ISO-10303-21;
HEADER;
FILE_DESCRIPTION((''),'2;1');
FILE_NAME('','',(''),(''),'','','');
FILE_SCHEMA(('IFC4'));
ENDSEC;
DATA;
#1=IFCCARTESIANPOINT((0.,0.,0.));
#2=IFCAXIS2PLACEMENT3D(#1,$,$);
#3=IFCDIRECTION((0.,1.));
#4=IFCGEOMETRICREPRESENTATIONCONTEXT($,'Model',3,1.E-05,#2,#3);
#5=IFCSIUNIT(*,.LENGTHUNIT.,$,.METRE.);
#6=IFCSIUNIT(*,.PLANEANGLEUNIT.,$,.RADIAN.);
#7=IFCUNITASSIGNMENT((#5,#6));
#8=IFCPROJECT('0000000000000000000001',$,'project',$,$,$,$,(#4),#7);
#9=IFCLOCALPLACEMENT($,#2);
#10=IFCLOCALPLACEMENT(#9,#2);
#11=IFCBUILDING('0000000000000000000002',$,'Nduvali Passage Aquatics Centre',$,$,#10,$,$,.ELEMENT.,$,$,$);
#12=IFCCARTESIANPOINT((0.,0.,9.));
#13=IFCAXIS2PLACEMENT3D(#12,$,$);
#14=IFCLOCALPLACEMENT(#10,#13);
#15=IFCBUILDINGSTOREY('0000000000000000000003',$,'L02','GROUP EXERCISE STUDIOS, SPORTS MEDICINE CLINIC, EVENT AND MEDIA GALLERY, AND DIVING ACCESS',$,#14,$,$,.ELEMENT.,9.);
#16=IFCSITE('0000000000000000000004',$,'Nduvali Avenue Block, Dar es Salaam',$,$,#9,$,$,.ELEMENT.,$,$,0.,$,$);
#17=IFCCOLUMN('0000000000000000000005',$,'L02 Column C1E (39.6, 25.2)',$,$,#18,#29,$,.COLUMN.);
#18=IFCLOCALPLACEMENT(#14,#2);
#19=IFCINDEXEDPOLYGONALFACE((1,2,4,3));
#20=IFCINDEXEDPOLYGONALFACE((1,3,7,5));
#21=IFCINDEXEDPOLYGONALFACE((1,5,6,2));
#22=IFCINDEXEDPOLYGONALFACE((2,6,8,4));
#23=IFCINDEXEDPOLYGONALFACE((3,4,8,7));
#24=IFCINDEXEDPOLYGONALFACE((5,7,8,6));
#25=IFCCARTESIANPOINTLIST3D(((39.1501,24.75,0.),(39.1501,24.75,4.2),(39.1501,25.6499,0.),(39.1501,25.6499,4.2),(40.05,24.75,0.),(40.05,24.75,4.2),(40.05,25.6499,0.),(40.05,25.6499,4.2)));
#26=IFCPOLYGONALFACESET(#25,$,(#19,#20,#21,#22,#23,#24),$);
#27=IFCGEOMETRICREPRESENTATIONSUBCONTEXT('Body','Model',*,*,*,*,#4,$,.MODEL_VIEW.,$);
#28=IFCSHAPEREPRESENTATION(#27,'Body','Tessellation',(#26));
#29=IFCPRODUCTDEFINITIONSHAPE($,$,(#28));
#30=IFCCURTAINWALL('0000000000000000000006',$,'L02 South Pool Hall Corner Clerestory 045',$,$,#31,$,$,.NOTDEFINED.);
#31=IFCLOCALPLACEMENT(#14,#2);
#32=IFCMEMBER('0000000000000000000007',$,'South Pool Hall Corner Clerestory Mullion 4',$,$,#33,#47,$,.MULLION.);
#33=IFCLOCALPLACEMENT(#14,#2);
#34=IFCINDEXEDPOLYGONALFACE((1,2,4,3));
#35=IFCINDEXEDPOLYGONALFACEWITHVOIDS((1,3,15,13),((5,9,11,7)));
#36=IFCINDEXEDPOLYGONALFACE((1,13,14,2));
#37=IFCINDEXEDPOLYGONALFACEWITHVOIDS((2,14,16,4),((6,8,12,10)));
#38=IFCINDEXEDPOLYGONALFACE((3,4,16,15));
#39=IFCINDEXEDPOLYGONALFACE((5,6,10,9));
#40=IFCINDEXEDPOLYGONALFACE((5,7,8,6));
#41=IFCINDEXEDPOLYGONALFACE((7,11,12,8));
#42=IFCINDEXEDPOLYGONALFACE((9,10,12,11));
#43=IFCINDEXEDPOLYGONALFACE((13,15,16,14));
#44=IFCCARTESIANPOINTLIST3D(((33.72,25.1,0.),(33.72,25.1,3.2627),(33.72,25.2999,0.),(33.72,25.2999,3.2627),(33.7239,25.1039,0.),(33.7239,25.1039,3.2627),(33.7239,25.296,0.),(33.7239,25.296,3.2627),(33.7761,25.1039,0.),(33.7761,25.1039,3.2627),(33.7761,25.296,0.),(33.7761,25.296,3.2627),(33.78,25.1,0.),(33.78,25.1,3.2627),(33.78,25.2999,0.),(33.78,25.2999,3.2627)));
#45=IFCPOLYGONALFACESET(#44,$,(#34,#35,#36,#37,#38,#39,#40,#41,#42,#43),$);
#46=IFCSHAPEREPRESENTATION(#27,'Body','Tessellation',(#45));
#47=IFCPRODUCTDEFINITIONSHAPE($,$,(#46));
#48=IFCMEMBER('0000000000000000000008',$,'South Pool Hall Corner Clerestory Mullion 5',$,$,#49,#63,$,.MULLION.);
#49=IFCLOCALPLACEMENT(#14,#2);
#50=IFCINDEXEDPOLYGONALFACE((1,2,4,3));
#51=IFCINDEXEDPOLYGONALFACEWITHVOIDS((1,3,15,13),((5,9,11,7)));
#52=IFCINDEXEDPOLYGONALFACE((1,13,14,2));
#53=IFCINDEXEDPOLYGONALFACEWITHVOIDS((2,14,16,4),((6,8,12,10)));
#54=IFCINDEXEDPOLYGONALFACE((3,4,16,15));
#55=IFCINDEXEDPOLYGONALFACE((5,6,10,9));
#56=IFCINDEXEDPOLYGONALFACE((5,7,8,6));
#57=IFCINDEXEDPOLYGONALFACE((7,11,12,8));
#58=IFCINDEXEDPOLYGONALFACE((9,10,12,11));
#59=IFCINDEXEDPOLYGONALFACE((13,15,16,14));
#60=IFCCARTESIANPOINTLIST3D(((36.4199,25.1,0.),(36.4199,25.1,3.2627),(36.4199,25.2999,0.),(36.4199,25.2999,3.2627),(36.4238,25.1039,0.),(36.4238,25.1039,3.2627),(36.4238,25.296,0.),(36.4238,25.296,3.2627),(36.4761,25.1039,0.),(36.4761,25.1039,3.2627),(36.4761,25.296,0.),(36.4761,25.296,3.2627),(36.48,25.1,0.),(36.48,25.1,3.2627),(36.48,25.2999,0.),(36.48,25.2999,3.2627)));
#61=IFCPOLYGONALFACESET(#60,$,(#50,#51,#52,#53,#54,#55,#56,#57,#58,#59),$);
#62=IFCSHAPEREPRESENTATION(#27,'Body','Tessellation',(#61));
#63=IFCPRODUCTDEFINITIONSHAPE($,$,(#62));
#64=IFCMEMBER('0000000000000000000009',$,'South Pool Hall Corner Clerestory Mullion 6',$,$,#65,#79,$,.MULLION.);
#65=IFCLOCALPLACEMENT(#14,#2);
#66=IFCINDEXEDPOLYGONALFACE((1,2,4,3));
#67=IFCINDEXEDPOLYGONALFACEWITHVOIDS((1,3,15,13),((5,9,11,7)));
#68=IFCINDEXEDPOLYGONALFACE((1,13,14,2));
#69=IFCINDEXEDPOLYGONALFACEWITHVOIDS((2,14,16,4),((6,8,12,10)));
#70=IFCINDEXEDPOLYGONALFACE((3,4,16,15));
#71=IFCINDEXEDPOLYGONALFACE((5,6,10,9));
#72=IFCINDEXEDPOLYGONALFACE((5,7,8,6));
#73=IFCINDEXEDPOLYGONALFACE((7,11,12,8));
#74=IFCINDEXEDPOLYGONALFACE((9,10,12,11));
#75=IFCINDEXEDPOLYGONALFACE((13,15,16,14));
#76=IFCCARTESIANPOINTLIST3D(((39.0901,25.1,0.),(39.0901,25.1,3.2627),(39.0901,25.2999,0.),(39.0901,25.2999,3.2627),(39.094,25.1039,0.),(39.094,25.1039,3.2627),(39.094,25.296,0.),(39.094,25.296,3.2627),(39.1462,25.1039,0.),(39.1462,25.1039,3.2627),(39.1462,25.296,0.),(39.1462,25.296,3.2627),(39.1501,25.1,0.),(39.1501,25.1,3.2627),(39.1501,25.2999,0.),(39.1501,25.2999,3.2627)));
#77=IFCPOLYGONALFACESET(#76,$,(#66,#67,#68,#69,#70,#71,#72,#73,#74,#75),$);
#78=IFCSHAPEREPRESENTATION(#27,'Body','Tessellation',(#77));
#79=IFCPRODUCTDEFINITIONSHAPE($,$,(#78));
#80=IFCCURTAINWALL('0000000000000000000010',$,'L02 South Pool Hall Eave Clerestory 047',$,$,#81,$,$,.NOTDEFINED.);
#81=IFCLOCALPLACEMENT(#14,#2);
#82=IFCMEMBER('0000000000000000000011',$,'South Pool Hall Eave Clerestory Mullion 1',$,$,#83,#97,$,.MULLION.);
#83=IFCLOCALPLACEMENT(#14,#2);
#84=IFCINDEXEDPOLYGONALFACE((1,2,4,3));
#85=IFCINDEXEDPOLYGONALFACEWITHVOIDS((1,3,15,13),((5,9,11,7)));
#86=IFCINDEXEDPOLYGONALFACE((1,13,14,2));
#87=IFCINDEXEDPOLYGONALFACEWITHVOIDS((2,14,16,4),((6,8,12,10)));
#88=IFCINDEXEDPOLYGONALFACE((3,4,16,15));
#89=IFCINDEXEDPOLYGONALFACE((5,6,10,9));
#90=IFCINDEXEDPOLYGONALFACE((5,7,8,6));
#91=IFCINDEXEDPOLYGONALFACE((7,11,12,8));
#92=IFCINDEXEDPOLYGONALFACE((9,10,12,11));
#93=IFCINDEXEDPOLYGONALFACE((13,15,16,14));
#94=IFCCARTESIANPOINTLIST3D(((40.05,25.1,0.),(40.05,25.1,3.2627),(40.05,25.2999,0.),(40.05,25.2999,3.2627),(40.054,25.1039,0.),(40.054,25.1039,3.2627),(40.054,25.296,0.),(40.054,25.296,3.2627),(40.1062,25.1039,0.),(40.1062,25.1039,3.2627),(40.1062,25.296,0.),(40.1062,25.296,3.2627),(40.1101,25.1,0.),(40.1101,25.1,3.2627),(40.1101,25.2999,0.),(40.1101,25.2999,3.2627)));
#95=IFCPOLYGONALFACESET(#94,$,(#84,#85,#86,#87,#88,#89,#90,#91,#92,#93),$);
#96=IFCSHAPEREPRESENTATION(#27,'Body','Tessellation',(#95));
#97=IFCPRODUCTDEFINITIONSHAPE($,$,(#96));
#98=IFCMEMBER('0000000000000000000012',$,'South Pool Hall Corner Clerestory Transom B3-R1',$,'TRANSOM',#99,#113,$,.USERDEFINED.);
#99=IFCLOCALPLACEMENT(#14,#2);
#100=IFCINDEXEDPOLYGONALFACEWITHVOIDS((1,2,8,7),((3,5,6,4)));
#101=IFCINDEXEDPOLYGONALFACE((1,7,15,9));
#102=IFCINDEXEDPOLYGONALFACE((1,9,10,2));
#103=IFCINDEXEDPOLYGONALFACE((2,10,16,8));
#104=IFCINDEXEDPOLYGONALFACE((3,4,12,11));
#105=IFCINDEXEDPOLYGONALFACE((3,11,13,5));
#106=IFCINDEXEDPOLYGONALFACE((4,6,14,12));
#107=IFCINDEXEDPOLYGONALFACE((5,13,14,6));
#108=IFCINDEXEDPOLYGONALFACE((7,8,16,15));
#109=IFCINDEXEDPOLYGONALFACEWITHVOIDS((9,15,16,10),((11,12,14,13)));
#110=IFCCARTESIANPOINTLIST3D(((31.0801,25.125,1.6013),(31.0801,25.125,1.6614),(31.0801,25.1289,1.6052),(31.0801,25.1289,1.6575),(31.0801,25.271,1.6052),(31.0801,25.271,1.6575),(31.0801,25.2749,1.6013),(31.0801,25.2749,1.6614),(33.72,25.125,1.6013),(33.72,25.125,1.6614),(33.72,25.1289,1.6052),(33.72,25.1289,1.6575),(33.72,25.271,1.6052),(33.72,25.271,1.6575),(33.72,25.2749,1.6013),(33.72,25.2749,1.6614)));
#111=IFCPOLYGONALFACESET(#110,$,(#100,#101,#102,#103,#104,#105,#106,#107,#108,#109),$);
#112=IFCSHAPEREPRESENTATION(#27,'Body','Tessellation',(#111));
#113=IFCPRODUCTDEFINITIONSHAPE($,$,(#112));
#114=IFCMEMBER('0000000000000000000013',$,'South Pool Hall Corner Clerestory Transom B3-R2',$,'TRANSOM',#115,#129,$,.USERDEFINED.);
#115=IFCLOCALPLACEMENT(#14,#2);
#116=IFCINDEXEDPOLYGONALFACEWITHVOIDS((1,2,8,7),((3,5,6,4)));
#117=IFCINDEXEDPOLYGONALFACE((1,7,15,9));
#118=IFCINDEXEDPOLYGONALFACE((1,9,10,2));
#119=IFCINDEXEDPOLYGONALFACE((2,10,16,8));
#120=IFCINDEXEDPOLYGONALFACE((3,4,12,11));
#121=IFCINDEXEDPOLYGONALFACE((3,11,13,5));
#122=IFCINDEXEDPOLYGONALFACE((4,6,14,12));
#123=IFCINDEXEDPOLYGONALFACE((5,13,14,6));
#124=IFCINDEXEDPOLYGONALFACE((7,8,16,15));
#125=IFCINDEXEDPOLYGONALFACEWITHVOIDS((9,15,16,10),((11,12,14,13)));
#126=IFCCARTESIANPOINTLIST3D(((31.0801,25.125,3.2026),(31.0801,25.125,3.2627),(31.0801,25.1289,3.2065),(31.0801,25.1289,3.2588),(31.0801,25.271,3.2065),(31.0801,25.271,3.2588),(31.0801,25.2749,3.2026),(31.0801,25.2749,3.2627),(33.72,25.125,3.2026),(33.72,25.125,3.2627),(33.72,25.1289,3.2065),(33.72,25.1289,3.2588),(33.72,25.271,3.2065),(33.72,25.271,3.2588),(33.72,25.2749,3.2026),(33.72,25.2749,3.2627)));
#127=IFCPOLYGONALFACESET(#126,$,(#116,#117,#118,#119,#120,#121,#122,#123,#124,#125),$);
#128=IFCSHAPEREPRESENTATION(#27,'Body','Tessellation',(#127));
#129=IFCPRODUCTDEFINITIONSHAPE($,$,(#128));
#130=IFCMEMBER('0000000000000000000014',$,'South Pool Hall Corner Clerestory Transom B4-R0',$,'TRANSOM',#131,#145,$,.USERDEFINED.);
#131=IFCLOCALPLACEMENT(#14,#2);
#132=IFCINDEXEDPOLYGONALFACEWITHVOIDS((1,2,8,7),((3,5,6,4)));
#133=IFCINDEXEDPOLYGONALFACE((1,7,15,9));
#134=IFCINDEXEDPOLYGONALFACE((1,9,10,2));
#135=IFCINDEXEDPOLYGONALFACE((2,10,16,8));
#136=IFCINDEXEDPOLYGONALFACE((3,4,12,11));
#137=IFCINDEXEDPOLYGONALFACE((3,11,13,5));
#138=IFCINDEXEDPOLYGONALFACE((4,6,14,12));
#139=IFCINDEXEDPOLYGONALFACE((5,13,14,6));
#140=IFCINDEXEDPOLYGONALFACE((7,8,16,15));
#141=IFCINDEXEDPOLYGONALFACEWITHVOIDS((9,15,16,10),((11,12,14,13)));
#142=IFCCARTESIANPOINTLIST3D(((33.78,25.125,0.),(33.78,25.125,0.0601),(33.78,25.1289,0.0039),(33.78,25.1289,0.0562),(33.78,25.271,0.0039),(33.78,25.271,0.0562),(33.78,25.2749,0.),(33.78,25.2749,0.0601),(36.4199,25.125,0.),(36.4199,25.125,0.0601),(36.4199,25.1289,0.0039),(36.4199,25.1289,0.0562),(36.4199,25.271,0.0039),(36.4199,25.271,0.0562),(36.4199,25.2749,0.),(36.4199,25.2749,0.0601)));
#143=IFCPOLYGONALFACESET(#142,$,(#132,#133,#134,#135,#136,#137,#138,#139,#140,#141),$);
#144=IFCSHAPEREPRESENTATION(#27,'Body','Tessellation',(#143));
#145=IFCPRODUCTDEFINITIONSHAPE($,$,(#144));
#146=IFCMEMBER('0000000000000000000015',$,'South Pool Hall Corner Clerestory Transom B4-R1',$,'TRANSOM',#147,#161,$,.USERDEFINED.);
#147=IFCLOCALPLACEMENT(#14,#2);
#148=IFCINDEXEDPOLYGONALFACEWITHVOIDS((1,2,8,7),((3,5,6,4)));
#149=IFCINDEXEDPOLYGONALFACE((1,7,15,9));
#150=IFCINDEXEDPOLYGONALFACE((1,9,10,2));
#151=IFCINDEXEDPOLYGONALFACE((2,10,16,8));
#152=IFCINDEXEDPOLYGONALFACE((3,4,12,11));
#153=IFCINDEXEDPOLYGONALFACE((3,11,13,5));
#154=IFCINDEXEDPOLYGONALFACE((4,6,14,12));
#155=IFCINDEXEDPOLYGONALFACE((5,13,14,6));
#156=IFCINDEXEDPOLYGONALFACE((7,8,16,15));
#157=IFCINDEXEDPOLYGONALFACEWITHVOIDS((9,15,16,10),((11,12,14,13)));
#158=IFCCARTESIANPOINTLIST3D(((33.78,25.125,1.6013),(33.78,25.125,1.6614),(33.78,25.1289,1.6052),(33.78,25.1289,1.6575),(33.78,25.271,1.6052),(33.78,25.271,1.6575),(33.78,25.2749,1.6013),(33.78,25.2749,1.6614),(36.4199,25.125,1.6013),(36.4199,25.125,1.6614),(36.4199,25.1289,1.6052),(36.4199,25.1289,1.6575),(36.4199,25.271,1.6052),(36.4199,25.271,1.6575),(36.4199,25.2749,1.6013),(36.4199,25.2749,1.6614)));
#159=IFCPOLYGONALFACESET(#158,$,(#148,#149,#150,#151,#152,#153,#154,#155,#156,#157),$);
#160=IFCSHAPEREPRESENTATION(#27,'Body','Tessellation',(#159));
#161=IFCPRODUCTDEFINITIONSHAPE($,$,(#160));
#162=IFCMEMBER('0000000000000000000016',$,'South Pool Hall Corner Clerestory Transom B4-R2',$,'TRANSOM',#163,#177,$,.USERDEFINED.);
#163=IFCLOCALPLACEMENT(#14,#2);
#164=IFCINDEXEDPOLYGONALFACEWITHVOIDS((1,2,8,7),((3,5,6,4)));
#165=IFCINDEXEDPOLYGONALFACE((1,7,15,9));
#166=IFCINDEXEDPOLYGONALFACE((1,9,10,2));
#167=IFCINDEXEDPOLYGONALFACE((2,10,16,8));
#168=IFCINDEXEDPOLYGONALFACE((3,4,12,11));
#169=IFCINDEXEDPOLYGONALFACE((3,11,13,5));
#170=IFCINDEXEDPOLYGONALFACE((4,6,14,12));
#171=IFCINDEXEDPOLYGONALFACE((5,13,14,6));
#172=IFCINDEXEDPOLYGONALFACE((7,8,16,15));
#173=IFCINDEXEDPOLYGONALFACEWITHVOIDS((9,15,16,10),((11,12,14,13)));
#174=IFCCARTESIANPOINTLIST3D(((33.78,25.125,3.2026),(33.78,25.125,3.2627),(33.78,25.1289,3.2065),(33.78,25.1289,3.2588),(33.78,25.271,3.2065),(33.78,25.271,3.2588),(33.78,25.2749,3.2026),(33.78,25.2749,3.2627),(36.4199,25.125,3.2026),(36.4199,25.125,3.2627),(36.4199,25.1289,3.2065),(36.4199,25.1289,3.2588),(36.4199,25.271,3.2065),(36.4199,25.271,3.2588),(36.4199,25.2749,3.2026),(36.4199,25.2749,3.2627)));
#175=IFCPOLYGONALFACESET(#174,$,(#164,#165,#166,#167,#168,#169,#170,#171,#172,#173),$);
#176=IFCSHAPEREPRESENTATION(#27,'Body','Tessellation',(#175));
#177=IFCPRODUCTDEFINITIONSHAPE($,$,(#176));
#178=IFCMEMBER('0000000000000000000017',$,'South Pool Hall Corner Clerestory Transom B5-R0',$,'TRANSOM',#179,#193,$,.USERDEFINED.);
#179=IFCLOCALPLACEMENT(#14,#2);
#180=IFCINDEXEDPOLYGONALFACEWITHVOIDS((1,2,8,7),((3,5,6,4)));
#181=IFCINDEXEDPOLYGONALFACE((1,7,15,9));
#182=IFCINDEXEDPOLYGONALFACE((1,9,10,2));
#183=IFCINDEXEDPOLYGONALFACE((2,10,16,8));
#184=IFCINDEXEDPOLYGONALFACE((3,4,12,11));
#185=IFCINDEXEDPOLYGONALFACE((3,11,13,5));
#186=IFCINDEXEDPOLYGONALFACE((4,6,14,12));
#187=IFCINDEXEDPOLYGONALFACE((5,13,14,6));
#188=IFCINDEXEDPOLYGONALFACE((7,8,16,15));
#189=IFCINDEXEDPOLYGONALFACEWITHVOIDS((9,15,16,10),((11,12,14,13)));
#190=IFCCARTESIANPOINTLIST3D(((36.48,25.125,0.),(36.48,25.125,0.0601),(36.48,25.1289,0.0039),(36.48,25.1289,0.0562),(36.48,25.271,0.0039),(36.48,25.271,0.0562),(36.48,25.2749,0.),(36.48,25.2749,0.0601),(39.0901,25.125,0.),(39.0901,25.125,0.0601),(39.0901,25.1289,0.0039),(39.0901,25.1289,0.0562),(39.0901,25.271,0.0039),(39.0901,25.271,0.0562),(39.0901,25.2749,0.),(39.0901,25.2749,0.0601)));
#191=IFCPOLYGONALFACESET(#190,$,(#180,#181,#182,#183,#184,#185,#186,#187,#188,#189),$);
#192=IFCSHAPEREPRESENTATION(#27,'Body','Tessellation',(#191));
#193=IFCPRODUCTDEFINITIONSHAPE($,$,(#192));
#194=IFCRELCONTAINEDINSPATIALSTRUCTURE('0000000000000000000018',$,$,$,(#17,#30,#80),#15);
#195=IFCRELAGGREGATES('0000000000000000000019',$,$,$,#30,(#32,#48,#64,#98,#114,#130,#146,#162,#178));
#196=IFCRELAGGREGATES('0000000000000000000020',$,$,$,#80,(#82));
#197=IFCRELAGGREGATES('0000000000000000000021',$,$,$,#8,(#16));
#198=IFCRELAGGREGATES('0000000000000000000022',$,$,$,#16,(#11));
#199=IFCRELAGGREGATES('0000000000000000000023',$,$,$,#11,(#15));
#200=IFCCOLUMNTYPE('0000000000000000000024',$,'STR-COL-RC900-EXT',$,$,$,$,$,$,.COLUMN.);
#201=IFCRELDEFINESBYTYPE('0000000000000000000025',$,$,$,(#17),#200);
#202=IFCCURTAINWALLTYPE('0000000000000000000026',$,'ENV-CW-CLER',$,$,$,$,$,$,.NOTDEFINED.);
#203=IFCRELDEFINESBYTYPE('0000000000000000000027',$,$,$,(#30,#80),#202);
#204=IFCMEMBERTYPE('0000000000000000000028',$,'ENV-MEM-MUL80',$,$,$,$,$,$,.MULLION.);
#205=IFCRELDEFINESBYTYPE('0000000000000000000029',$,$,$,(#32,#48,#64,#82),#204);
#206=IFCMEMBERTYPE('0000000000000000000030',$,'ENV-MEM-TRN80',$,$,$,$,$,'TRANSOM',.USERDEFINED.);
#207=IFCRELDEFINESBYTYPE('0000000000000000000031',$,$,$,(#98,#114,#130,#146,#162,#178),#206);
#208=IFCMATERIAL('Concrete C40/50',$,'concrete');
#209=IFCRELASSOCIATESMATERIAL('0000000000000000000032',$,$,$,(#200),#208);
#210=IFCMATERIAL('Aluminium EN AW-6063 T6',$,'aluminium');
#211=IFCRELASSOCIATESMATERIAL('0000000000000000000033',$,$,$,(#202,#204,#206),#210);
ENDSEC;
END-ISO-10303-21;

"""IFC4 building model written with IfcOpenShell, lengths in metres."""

from ifc_helpers import new_model, si_unit, direction, frame, origin, origin_2d, place, context, subcontext, project, spatial, rectangle, hollow_rectangle, extrude, material, material_profile, profile_set, type_object, element, aggregate, save


model = new_model("IFC4")

# Units and contexts
model_context = context("Model", 3, precision=1e-05, world=origin(), true_north=direction((0.0, 1.0)))
body_context = subcontext(model_context, "Body", "Model", "MODEL_VIEW")
ifc_project = project(units=[si_unit("LENGTHUNIT", "METRE"), si_unit("PLANEANGLEUNIT", "RADIAN")], contexts=[model_context])

# Site, building, storey
site_placement = place(None, origin())
site = spatial("IfcSite", under=ifc_project, at=site_placement, Name="Nduvali Avenue Block, Dar es Salaam", CompositionType="ELEMENT", RefElevation=0.0)
building_placement = place(site_placement, origin())
building = spatial("IfcBuilding", under=site, at=building_placement, Name="Nduvali Passage Aquatics Centre", CompositionType="ELEMENT")
storey_placement = place(building_placement, frame((0.0, 0.0, 9.0)))
storey = spatial("IfcBuildingStorey", under=building, at=storey_placement, Name="L02", Description="GROUP EXERCISE STUDIOS, SPORTS MEDICINE CLINIC, EVENT AND MEDIA GALLERY, AND DIVING ACCESS", CompositionType="ELEMENT", Elevation=9.0)

# Column
ifc_material_1 = material(Name="Concrete C40/50", Category="concrete")
ifc_material_profile_1 = material_profile(ifc_material_1, rectangle(XDim=0.8999, YDim=0.8999, at=origin_2d()), Name="RC 900x900")
ifc_profile_set_1 = profile_set([ifc_material_profile_1], Name="Concrete C40/50")
column_type = type_object("IfcColumnType", Name="STR-COL-RC900-EXT", PredefinedType="COLUMN", material=ifc_profile_set_1)
column_placement = place(storey_placement, frame((39.6001, 25.2, 0.0), z_axis=(0.0, 0.0, 1.0), x_axis=(1.0, 0.0, 0.0)))
element("IfcColumn", 1, at=column_placement, inside=storey, type_object=column_type, Name="L02 Column C1E (39.6, 25.2)", PredefinedType="COLUMN", context=body_context, shape_type="SweptSolid", body=[
    extrude(rectangle(XDim=0.8999, YDim=0.8999, at=origin_2d()), origin(), (0.0, 0.0, 1.0), 4.2),
])

# Curtain wall, members
ifc_material_2 = material(Name="Aluminium EN AW-6063 T6", Category="aluminium")
curtain_wall_type = type_object("IfcCurtainWallType", Name="ENV-CW-CLER", PredefinedType="NOTDEFINED", material=ifc_material_2)
curtain_wall_1_placement = place(storey_placement, origin())
curtain_wall_1 = element("IfcCurtainWall", 2, at=curtain_wall_1_placement, inside=storey, type_object=curtain_wall_type, Name="L02 South Pool Hall Corner Clerestory 045", PredefinedType="NOTDEFINED")
ifc_material_profile_2 = material_profile(ifc_material_2, hollow_rectangle(XDim=0.0601, YDim=0.2, WallThickness=0.0039, at=origin_2d()), Name="ALU MULLION 60x200x4")
ifc_profile_set_2 = profile_set([ifc_material_profile_2], Name="Aluminium EN AW-6063 T6")
member_type_1 = type_object("IfcMemberType", Name="ENV-MEM-MUL80", PredefinedType="MULLION", material=ifc_profile_set_2)
member_1_placement = place(storey_placement, frame((33.75, 25.2, 0.0), z_axis=(0.0, 0.0, 1.0), x_axis=(1.0, 0.0, 0.0)))
member_1 = element("IfcMember", 3, at=member_1_placement, type_object=member_type_1, Name="South Pool Hall Corner Clerestory Mullion 4", PredefinedType="MULLION", context=body_context, shape_type="SweptSolid", body=[
    extrude(hollow_rectangle(XDim=0.0601, YDim=0.2, WallThickness=0.0039, at=origin_2d()), origin(), (0.0, 0.0, 1.0), 3.2627),
])
member_2_placement = place(storey_placement, frame((36.45, 25.2, 0.0), z_axis=(0.0, 0.0, 1.0), x_axis=(1.0, 0.0, 0.0)))
member_2 = element("IfcMember", 4, at=member_2_placement, type_object=member_type_1, Name="South Pool Hall Corner Clerestory Mullion 5", PredefinedType="MULLION", context=body_context, shape_type="SweptSolid", body=[
    extrude(hollow_rectangle(XDim=0.0601, YDim=0.2, WallThickness=0.0039, at=origin_2d()), origin(), (0.0, 0.0, 1.0), 3.2627),
])
member_3_placement = place(storey_placement, frame((39.1201, 25.2, 0.0), z_axis=(0.0, 0.0, 1.0), x_axis=(1.0, 0.0, 0.0)))
member_3 = element("IfcMember", 5, at=member_3_placement, type_object=member_type_1, Name="South Pool Hall Corner Clerestory Mullion 6", PredefinedType="MULLION", context=body_context, shape_type="SweptSolid", body=[
    extrude(hollow_rectangle(XDim=0.0601, YDim=0.2, WallThickness=0.0039, at=origin_2d()), origin(), (0.0, 0.0, 1.0), 3.2627),
])

# Curtain wall, member
curtain_wall_2_placement = place(storey_placement, origin())
curtain_wall_2 = element("IfcCurtainWall", 6, at=curtain_wall_2_placement, inside=storey, type_object=curtain_wall_type, Name="L02 South Pool Hall Eave Clerestory 047", PredefinedType="NOTDEFINED")
member_4_placement = place(storey_placement, frame((40.0801, 25.2, 0.0), z_axis=(0.0, 0.0, 1.0), x_axis=(1.0, 0.0, 0.0)))
member_4 = element("IfcMember", 7, at=member_4_placement, type_object=member_type_1, Name="South Pool Hall Eave Clerestory Mullion 1", PredefinedType="MULLION", context=body_context, shape_type="SweptSolid", body=[
    extrude(hollow_rectangle(XDim=0.0601, YDim=0.2, WallThickness=0.0039, at=origin_2d()), origin(), (0.0, 0.0, 1.0), 3.2627),
])

# Members
ifc_material_profile_3 = material_profile(ifc_material_2, hollow_rectangle(XDim=0.1499, YDim=0.0601, WallThickness=0.0039, at=origin_2d()), Name="ALU TRANSOM 150x60x4")
ifc_profile_set_3 = profile_set([ifc_material_profile_3], Name="Aluminium EN AW-6063 T6")
member_type_2 = type_object("IfcMemberType", Name="ENV-MEM-TRN80", ElementType="TRANSOM", PredefinedType="USERDEFINED", material=ifc_profile_set_3)
member_5_placement = place(storey_placement, frame((31.0801, 25.2, 1.6313), z_axis=(1.0, 0.0, 0.0), x_axis=(0.0, 1.0, 0.0)))
member_5 = element("IfcMember", 8, at=member_5_placement, type_object=member_type_2, Name="South Pool Hall Corner Clerestory Transom B3-R1", ObjectType="TRANSOM", PredefinedType="USERDEFINED", context=body_context, shape_type="SweptSolid", body=[
    extrude(hollow_rectangle(XDim=0.1499, YDim=0.0601, WallThickness=0.0039, at=origin_2d()), origin(), (0.0, 0.0, 1.0), 2.6399),
])
member_6_placement = place(storey_placement, frame((31.0801, 25.2, 3.2327), z_axis=(1.0, 0.0, 0.0), x_axis=(0.0, 1.0, 0.0)))
member_6 = element("IfcMember", 9, at=member_6_placement, type_object=member_type_2, Name="South Pool Hall Corner Clerestory Transom B3-R2", ObjectType="TRANSOM", PredefinedType="USERDEFINED", context=body_context, shape_type="SweptSolid", body=[
    extrude(hollow_rectangle(XDim=0.1499, YDim=0.0601, WallThickness=0.0039, at=origin_2d()), origin(), (0.0, 0.0, 1.0), 2.6399),
])
member_7_placement = place(storey_placement, frame((33.78, 25.2, 0.03), z_axis=(1.0, 0.0, 0.0), x_axis=(0.0, 1.0, 0.0)))
member_7 = element("IfcMember", 10, at=member_7_placement, type_object=member_type_2, Name="South Pool Hall Corner Clerestory Transom B4-R0", ObjectType="TRANSOM", PredefinedType="USERDEFINED", context=body_context, shape_type="SweptSolid", body=[
    extrude(hollow_rectangle(XDim=0.1499, YDim=0.0601, WallThickness=0.0039, at=origin_2d()), origin(), (0.0, 0.0, 1.0), 2.6399),
])
member_8_placement = place(storey_placement, frame((33.78, 25.2, 1.6313), z_axis=(1.0, 0.0, 0.0), x_axis=(0.0, 1.0, 0.0)))
member_8 = element("IfcMember", 11, at=member_8_placement, type_object=member_type_2, Name="South Pool Hall Corner Clerestory Transom B4-R1", ObjectType="TRANSOM", PredefinedType="USERDEFINED", context=body_context, shape_type="SweptSolid", body=[
    extrude(hollow_rectangle(XDim=0.1499, YDim=0.0601, WallThickness=0.0039, at=origin_2d()), origin(), (0.0, 0.0, 1.0), 2.6399),
])
member_9_placement = place(storey_placement, frame((33.78, 25.2, 3.2327), z_axis=(1.0, 0.0, 0.0), x_axis=(0.0, 1.0, 0.0)))
member_9 = element("IfcMember", 12, at=member_9_placement, type_object=member_type_2, Name="South Pool Hall Corner Clerestory Transom B4-R2", ObjectType="TRANSOM", PredefinedType="USERDEFINED", context=body_context, shape_type="SweptSolid", body=[
    extrude(hollow_rectangle(XDim=0.1499, YDim=0.0601, WallThickness=0.0039, at=origin_2d()), origin(), (0.0, 0.0, 1.0), 2.6399),
])
member_10_placement = place(storey_placement, frame((36.48, 25.2, 0.03), z_axis=(1.0, 0.0, 0.0), x_axis=(0.0, 1.0, 0.0)))
member_10 = element("IfcMember", 13, at=member_10_placement, type_object=member_type_2, Name="South Pool Hall Corner Clerestory Transom B5-R0", ObjectType="TRANSOM", PredefinedType="USERDEFINED", context=body_context, shape_type="SweptSolid", body=[
    extrude(hollow_rectangle(XDim=0.1499, YDim=0.0601, WallThickness=0.0039, at=origin_2d()), origin(), (0.0, 0.0, 1.0), 2.6101),
])

aggregate(curtain_wall_1, [member_1, member_2, member_3, member_5, member_6, member_7, member_8, member_9, member_10])
aggregate(curtain_wall_2, [member_4])

save(model, "model.ifc")
